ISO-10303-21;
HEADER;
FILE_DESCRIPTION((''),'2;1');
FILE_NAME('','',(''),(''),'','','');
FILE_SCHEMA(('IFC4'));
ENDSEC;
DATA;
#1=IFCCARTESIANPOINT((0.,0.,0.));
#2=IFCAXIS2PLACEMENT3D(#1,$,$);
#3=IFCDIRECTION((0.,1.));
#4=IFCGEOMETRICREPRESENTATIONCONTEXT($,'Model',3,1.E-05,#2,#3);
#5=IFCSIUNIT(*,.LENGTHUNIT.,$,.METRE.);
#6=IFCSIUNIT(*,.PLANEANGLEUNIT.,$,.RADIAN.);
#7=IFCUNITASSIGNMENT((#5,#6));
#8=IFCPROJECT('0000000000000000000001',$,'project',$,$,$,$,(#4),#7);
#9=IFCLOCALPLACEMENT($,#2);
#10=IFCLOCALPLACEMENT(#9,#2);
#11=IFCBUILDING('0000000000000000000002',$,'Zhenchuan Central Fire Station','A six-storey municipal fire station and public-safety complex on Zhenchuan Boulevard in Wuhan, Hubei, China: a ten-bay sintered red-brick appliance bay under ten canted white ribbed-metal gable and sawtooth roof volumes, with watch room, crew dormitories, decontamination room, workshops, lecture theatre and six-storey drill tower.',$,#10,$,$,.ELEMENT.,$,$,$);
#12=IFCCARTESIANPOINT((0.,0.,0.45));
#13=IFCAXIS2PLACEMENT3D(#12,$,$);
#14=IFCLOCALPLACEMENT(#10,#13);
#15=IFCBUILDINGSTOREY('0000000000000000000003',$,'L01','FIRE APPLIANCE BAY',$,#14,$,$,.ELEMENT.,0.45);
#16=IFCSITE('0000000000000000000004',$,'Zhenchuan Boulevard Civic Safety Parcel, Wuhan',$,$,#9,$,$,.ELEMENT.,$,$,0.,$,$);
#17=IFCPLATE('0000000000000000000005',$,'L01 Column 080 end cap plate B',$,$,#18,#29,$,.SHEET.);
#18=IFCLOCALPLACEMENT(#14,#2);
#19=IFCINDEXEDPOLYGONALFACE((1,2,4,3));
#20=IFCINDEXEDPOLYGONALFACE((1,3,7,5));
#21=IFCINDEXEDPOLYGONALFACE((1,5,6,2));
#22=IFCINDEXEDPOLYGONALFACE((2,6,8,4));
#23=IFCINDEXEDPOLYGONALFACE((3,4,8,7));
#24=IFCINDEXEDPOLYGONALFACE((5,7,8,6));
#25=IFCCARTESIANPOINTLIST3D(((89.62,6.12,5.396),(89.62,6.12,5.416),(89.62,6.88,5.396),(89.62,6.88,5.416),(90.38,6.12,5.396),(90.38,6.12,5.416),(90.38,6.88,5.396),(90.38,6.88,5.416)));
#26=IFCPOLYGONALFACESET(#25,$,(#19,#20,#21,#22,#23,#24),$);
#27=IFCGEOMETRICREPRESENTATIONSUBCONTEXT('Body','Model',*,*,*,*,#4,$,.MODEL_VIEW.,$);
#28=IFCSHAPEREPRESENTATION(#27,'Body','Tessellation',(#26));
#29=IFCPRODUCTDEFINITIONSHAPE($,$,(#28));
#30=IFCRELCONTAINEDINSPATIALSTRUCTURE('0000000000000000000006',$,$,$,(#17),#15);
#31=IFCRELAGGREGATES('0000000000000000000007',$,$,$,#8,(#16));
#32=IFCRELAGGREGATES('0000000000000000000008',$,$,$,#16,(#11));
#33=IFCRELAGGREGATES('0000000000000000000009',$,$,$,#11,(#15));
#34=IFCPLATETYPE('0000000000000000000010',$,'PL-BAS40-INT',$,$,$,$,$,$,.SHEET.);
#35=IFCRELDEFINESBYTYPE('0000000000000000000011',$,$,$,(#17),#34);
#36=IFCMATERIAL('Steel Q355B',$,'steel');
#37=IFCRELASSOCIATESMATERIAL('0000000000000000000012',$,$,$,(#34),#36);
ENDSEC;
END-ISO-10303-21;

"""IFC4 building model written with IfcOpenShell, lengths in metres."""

from ifc_helpers import new_model, si_unit, direction, frame, origin, origin_2d, place, context, subcontext, project, spatial, rectangle, extrude, material, material_profile, profile_set, type_object, element, save


model = new_model("IFC4")

# Units and contexts
model_context = context("Model", 3, precision=1e-05, world=origin(), true_north=direction((0.0, 1.0)))
body_context = subcontext(model_context, "Body", "Model", "MODEL_VIEW")
ifc_project = project(units=[si_unit("LENGTHUNIT", "METRE"), si_unit("PLANEANGLEUNIT", "RADIAN")], contexts=[model_context])

# Site, building, storey
site_placement = place(None, origin())
site = spatial("IfcSite", under=ifc_project, at=site_placement, Name="Zhenchuan Boulevard Civic Safety Parcel, Wuhan", CompositionType="ELEMENT", RefElevation=0.0)
building_placement = place(site_placement, origin())
building = spatial("IfcBuilding", under=site, at=building_placement, Name="Zhenchuan Central Fire Station", Description="A six-storey municipal fire station and public-safety complex on Zhenchuan Boulevard in Wuhan, Hubei, China: a ten-bay sintered red-brick appliance bay under ten canted white ribbed-metal gable and sawtooth roof volumes, with watch room, crew dormitories, decontamination room, workshops, lecture theatre and six-storey drill tower.", CompositionType="ELEMENT")
storey_placement = place(building_placement, frame((0.0, 0.0, 0.45)))
storey = spatial("IfcBuildingStorey", under=building, at=storey_placement, Name="L01", Description="FIRE APPLIANCE BAY", CompositionType="ELEMENT", Elevation=0.45)

# Shared definitions
ifc_material_1 = material(Name="Steel Q355B", Category="steel")

# Plate
ifc_material_profile_1 = material_profile(ifc_material_1, rectangle(XDim=0.76, YDim=0.76, at=origin_2d()), Name="PL 760x760x40")
ifc_profile_set_1 = profile_set([ifc_material_profile_1], Name="Steel Q355B")
plate_type = type_object("IfcPlateType", Name="PL-BAS40-INT", PredefinedType="SHEET", material=ifc_profile_set_1)
plate_placement = place(storey_placement, frame((90.0, 6.5, 5.396), z_axis=(0.0, 0.0, 1.0), x_axis=(1.0, 0.0, 0.0)))
element("IfcPlate", 1, at=plate_placement, inside=storey, type_object=plate_type, Name="L01 Column 080 end cap plate B", PredefinedType="SHEET", context=body_context, shape_type="SweptSolid", body=[
    extrude(rectangle(XDim=0.76, YDim=0.76, at=origin_2d()), origin(), (0.0, 0.0, 1.0), 0.02),
])

save(model, "model.ifc")
